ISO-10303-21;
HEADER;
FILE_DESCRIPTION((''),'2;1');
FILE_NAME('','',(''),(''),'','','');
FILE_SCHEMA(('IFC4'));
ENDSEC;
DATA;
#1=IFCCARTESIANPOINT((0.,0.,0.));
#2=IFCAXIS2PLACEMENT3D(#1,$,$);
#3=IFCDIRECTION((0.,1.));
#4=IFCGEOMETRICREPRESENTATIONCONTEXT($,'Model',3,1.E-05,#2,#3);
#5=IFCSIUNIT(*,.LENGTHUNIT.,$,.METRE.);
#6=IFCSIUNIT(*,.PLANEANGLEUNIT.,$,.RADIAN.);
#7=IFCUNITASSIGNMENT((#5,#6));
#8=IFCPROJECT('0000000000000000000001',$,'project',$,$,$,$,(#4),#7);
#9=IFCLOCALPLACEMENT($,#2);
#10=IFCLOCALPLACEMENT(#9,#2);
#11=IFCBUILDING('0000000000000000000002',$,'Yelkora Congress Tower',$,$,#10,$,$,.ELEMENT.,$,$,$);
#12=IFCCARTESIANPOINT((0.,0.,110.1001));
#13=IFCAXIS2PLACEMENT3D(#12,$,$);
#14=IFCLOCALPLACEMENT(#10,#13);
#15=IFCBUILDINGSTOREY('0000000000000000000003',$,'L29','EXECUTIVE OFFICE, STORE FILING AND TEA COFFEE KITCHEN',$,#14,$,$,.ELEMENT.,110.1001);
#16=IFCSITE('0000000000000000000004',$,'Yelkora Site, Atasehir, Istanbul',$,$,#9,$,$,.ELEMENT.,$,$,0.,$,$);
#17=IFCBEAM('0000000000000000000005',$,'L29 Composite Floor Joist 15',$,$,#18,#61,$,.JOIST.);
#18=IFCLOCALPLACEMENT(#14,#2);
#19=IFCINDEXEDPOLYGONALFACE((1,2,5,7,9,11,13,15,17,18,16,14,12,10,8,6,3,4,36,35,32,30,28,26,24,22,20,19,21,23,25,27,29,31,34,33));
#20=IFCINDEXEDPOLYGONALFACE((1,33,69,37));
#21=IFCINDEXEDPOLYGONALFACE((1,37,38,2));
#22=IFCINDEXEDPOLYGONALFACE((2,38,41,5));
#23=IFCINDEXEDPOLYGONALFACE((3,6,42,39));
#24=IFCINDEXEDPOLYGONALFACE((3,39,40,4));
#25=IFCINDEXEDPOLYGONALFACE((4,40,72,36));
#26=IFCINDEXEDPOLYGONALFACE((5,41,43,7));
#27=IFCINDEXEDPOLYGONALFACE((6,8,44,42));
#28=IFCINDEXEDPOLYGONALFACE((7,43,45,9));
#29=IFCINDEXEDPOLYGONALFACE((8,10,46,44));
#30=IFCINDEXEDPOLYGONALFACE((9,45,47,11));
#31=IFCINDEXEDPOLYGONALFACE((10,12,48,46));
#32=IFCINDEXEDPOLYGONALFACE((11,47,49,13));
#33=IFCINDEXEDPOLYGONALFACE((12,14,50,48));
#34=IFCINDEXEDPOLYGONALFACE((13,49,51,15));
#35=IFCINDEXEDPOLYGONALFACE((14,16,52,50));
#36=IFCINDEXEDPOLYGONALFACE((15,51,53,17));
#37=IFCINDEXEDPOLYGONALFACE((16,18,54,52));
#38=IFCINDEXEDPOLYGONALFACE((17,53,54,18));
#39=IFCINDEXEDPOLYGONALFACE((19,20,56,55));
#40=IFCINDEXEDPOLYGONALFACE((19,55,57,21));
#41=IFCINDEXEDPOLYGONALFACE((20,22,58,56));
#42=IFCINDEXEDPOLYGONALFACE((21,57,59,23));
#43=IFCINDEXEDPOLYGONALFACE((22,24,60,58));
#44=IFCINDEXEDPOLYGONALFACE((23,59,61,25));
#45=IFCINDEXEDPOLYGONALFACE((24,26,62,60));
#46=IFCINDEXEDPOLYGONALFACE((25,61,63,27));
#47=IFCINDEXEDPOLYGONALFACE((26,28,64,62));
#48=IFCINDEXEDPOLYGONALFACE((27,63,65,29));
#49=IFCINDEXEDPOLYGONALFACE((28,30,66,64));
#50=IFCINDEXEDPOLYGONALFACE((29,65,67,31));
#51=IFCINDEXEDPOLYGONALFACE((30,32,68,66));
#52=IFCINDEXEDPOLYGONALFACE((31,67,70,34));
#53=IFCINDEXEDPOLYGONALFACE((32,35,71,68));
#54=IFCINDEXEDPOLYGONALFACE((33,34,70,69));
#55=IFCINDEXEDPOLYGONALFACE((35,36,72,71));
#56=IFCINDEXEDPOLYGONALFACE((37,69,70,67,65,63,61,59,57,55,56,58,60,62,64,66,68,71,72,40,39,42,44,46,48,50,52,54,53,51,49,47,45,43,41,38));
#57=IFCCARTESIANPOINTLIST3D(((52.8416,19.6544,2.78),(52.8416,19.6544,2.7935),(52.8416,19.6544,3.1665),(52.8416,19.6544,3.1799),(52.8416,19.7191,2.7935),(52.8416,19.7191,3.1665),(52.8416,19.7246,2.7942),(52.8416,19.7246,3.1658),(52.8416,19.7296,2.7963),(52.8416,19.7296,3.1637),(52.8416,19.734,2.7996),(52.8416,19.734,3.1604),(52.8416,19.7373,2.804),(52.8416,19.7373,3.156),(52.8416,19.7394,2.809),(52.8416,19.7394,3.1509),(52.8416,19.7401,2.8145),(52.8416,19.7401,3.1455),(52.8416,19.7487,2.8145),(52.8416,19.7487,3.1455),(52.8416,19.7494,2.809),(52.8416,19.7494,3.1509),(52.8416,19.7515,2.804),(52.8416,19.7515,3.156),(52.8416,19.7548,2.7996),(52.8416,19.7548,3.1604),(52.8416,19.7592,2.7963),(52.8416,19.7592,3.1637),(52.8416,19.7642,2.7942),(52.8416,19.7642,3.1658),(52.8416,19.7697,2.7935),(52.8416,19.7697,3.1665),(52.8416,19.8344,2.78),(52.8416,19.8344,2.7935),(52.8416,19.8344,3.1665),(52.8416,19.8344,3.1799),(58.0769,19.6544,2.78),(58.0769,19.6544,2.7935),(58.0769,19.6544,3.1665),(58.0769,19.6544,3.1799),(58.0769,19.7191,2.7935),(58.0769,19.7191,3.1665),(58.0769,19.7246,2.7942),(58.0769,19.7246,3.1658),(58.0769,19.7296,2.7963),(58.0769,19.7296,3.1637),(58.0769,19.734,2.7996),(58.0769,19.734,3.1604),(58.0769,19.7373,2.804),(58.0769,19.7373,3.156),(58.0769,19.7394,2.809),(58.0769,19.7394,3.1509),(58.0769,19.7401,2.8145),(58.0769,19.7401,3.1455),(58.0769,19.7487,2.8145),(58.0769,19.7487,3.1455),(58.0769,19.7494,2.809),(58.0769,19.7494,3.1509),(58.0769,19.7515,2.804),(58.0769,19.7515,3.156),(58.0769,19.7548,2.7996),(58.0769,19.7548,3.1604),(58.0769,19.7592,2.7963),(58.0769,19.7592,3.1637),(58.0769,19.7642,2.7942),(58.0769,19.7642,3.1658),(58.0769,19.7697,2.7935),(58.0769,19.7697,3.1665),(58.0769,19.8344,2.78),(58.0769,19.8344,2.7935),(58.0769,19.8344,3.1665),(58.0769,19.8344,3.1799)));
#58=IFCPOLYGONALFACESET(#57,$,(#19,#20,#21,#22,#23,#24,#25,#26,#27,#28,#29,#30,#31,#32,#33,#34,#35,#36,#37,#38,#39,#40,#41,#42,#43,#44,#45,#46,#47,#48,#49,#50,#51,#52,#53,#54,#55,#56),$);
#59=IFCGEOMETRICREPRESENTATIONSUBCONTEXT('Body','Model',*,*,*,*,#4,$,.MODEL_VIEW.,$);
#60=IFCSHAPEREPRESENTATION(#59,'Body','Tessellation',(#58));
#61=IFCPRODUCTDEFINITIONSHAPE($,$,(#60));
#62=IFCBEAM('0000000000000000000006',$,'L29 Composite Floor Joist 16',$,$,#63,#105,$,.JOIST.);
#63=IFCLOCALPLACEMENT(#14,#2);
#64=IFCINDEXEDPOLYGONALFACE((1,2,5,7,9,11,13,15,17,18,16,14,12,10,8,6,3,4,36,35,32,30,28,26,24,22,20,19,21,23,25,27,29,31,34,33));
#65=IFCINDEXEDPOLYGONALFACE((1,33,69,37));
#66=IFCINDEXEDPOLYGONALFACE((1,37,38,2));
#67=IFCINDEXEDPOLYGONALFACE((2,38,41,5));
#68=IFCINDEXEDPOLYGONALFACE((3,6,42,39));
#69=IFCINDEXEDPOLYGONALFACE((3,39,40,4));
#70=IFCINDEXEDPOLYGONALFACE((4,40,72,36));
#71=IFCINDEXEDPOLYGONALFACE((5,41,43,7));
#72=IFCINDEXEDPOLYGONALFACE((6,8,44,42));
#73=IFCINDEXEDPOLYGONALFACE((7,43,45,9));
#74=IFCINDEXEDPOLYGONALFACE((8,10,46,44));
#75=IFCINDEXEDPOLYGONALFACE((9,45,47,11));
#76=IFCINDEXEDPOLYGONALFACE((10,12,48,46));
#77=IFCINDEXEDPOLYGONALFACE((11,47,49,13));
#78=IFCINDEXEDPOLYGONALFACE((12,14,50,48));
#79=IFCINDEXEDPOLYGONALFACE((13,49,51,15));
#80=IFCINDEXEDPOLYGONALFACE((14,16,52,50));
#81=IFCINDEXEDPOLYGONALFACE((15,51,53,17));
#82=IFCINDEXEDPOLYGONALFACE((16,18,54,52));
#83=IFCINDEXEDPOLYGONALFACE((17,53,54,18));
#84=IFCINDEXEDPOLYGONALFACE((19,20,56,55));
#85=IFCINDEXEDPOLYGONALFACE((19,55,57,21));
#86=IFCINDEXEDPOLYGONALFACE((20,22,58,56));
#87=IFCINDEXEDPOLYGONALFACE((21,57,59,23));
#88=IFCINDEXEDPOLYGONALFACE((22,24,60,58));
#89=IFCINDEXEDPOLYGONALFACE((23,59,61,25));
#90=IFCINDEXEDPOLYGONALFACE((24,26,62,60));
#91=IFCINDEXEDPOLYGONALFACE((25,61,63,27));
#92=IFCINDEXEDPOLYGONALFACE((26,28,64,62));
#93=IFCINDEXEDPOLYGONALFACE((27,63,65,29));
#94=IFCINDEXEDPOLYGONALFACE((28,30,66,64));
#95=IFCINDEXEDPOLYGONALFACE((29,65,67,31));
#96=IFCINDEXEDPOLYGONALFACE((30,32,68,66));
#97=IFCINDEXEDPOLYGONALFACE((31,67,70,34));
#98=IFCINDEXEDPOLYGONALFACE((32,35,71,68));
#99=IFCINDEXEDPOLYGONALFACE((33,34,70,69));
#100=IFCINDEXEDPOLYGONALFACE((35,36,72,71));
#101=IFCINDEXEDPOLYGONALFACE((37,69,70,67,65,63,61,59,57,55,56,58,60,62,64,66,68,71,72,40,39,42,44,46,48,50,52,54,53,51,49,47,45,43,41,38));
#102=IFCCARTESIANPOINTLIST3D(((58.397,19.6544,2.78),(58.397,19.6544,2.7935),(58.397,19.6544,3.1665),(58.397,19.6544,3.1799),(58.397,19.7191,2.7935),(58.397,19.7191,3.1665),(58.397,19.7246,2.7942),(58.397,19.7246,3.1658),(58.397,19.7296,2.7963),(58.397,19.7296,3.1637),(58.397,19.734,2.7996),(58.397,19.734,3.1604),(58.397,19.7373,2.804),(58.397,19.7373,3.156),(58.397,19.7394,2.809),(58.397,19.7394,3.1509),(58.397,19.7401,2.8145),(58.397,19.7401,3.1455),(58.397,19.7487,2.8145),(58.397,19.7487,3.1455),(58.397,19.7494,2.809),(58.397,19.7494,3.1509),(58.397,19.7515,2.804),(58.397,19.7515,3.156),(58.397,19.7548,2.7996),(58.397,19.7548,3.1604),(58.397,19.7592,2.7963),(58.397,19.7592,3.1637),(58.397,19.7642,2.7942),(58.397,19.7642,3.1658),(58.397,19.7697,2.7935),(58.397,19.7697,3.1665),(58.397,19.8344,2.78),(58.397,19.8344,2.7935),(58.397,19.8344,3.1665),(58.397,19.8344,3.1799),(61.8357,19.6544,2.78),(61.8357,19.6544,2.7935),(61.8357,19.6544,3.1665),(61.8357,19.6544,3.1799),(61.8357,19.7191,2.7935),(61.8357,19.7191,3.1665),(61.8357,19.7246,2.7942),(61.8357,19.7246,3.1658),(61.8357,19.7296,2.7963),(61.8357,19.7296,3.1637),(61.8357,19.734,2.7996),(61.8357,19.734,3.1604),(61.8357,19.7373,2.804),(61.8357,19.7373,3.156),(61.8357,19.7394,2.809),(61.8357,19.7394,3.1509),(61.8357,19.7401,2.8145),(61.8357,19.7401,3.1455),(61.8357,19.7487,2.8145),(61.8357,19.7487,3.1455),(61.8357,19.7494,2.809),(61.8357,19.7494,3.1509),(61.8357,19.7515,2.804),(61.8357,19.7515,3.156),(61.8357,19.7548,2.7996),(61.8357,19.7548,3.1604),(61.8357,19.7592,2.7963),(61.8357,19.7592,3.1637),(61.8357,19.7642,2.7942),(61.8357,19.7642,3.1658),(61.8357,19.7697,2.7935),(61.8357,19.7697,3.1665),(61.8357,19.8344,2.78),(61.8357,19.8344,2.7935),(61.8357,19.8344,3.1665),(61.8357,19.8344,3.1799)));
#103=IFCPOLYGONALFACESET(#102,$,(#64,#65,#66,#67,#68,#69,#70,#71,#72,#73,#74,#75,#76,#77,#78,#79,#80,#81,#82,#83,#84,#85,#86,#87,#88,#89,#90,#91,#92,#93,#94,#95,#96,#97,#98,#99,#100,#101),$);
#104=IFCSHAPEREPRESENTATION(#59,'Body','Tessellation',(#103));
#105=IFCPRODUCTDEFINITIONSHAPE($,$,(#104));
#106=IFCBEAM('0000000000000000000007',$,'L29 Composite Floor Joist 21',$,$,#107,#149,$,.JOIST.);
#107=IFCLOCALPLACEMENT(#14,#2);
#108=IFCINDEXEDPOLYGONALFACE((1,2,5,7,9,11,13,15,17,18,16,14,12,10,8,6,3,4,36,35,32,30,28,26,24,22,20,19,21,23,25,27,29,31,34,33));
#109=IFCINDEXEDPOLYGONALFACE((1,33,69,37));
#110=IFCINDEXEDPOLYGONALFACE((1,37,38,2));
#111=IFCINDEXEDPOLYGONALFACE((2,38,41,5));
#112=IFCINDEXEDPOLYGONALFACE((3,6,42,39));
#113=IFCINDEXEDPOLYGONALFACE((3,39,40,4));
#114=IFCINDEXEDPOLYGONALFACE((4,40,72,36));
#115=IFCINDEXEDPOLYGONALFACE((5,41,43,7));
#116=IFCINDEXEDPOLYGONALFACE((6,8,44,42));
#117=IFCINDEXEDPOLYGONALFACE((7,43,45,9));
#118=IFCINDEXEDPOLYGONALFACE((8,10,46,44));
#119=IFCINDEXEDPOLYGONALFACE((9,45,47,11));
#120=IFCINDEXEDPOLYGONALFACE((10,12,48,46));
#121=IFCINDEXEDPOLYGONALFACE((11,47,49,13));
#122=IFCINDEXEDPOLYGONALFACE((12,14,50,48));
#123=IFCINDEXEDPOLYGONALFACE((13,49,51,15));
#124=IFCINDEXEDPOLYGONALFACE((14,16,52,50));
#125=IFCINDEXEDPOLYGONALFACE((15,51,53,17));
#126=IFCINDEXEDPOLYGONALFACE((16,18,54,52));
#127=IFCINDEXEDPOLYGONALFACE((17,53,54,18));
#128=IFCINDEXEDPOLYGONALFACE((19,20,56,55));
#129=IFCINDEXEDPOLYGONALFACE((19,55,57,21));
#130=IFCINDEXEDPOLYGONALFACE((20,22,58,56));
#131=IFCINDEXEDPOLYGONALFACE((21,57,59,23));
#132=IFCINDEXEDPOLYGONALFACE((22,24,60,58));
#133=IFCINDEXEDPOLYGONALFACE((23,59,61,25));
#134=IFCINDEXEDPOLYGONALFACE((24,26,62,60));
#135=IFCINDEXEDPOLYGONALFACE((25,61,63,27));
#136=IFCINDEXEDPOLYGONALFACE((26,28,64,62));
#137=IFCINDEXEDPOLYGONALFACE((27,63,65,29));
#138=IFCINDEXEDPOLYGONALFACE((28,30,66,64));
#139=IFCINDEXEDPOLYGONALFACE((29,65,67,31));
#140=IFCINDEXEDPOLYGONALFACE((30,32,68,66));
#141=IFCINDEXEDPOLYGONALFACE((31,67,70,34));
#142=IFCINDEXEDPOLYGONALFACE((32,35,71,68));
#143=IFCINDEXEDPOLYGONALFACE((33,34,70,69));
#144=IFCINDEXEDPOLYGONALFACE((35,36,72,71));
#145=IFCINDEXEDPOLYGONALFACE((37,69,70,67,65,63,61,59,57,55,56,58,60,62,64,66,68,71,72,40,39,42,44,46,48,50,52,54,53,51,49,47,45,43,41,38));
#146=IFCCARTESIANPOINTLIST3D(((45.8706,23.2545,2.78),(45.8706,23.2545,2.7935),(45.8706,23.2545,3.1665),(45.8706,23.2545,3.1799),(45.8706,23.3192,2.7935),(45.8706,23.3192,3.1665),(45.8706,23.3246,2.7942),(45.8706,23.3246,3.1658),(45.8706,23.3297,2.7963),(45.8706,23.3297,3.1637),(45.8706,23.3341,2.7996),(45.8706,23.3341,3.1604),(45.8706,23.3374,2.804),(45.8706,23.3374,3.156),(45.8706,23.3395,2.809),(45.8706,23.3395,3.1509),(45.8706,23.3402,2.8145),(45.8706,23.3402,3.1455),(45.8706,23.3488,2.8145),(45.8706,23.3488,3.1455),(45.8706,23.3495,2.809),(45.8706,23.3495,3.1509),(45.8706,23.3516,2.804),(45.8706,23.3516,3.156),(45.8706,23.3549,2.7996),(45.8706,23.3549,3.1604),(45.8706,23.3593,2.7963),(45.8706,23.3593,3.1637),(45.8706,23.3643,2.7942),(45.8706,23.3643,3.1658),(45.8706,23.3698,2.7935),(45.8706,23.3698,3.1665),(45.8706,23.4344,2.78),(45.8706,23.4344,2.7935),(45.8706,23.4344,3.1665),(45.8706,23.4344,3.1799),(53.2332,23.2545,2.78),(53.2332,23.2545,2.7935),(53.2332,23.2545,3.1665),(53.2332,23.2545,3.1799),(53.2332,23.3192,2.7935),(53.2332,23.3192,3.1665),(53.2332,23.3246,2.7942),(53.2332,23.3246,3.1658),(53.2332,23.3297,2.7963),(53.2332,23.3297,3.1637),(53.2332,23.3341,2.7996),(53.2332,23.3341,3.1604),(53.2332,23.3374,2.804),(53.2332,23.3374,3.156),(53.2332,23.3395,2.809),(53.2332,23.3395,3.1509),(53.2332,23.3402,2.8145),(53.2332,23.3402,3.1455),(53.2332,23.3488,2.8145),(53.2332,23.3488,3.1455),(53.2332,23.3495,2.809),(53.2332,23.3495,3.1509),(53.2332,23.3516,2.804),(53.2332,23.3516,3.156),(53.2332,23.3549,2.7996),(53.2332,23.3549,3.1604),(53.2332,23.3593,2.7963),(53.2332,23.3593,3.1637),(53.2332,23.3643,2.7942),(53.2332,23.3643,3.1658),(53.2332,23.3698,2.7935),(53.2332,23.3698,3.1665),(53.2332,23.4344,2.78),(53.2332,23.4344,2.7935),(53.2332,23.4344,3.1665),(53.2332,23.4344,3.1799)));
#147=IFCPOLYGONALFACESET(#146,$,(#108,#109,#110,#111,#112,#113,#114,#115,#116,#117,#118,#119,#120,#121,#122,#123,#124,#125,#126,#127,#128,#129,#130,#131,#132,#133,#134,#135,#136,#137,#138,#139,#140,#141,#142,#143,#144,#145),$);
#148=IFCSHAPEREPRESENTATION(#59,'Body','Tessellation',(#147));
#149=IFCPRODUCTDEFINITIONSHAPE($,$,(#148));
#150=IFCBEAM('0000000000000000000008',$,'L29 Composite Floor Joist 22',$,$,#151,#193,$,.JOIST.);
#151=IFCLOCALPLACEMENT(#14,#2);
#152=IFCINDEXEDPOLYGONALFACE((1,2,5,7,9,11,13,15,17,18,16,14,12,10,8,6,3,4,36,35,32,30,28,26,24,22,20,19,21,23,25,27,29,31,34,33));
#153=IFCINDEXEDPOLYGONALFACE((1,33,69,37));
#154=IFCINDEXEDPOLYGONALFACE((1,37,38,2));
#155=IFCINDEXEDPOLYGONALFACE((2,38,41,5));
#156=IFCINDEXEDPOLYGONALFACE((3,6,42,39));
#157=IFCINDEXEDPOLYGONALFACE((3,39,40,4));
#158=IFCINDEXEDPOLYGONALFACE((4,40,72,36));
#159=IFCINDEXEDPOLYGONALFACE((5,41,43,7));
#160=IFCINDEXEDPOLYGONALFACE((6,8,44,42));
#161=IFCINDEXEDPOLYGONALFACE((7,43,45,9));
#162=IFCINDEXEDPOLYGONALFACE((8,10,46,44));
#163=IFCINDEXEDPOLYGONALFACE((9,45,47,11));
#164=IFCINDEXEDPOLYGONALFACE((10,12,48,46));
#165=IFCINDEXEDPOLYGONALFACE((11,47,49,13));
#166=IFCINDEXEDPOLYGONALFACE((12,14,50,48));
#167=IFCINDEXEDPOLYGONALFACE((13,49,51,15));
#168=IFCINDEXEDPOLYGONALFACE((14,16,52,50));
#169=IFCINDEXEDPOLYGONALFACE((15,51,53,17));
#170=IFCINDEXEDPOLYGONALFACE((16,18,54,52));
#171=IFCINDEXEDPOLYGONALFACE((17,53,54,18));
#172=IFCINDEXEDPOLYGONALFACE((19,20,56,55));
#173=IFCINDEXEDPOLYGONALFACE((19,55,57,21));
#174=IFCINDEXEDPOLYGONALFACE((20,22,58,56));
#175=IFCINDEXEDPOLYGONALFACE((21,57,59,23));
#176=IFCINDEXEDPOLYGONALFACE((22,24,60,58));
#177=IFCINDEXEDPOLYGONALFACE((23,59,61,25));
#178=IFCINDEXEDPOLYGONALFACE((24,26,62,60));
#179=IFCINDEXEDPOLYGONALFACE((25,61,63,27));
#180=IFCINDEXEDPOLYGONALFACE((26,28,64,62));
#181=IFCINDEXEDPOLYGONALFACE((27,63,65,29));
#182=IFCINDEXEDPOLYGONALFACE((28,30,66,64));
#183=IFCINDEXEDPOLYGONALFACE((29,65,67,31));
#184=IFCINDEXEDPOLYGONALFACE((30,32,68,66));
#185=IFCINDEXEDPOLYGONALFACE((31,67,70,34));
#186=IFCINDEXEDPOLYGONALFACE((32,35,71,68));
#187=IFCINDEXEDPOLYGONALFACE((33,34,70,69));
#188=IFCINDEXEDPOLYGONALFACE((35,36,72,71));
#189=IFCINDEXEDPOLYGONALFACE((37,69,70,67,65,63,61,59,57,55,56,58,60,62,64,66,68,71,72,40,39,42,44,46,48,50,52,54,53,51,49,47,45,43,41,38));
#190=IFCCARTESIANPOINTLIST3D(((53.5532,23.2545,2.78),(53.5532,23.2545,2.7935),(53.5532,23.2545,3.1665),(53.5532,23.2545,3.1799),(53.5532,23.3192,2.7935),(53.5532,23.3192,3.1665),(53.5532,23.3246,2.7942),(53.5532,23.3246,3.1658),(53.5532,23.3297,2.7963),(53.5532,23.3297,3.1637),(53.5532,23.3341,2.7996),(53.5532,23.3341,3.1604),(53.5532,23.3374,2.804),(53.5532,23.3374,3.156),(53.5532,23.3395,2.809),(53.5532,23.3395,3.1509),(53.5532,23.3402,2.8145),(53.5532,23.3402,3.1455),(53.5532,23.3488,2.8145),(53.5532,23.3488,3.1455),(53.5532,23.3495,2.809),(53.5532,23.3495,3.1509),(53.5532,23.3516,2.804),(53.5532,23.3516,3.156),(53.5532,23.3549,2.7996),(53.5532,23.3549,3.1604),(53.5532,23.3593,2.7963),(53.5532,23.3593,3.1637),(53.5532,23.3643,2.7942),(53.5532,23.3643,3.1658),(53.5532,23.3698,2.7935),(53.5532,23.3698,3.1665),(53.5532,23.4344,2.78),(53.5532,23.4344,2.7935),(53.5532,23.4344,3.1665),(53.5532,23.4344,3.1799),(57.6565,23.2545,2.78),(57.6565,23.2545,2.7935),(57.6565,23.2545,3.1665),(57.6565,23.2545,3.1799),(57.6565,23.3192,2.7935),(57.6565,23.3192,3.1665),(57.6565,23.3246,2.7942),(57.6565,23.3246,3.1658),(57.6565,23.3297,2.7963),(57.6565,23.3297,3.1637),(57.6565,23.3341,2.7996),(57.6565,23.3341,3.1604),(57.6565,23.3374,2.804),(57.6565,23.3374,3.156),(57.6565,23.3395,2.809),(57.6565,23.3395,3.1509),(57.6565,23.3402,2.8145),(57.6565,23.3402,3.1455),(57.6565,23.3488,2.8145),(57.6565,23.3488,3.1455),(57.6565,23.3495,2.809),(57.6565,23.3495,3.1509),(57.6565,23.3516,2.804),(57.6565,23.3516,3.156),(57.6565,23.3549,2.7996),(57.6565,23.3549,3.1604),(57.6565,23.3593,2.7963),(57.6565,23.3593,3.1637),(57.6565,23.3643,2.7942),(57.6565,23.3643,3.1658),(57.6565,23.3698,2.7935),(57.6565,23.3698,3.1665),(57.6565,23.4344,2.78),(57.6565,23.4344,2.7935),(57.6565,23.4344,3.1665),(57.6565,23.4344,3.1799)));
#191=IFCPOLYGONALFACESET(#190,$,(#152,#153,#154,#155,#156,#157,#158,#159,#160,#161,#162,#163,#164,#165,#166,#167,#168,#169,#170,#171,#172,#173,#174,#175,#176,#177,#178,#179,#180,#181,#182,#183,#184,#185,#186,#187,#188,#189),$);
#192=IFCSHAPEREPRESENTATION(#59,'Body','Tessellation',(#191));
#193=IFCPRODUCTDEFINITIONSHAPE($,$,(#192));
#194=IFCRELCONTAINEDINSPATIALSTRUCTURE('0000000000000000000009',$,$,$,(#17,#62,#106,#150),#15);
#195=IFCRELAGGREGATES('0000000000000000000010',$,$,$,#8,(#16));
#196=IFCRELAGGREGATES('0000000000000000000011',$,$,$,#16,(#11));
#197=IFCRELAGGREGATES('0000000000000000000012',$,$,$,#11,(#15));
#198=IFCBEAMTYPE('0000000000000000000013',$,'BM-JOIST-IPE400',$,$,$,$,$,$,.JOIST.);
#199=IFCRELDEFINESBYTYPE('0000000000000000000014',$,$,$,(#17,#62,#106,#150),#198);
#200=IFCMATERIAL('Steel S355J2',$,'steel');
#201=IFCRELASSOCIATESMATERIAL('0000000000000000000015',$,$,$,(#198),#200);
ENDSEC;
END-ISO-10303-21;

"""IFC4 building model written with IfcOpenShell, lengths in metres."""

from ifc_helpers import new_model, si_unit, direction, frame, origin, origin_2d, place, context, subcontext, project, spatial, i_section, extrude, material, material_profile, profile_set, type_object, element, save


model = new_model("IFC4")

# Units and contexts
model_context = context("Model", 3, precision=1e-05, world=origin(), true_north=direction((0.0, 1.0)))
body_context = subcontext(model_context, "Body", "Model", "MODEL_VIEW")
ifc_project = project(units=[si_unit("LENGTHUNIT", "METRE"), si_unit("PLANEANGLEUNIT", "RADIAN")], contexts=[model_context])

# Site, building, storey
site_placement = place(None, origin())
site = spatial("IfcSite", under=ifc_project, at=site_placement, Name="Yelkora Site, Atasehir, Istanbul", CompositionType="ELEMENT", RefElevation=0.0)
building_placement = place(site_placement, origin())
building = spatial("IfcBuilding", under=site, at=building_placement, Name="Yelkora Congress Tower", CompositionType="ELEMENT")
storey_placement = place(building_placement, frame((0.0, 0.0, 110.1001)))
storey = spatial("IfcBuildingStorey", under=building, at=storey_placement, Name="L29", Description="EXECUTIVE OFFICE, STORE FILING AND TEA COFFEE KITCHEN", CompositionType="ELEMENT", Elevation=110.1001)

# Beams
ifc_material_1 = material(Name="Steel S355J2", Category="steel")
ifc_material_profile_1 = material_profile(ifc_material_1, i_section(OverallWidth=0.1799, OverallDepth=0.3999, WebThickness=0.0085, FlangeThickness=0.0134, FilletRadius=0.021, at=origin_2d()), Name="IPE 400")
ifc_profile_set_1 = profile_set([ifc_material_profile_1], Name="Steel S355J2")
beam_type_1 = type_object("IfcBeamType", Name="BM-JOIST-IPE400", PredefinedType="JOIST", material=ifc_profile_set_1)
beam_1_placement = place(storey_placement, frame((52.8416, 19.7444, 2.98), z_axis=(1.0, 0.0, 0.0), x_axis=(0.0, 1.0, 0.0)))
element("IfcBeam", 1, at=beam_1_placement, inside=storey, type_object=beam_type_1, Name="L29 Composite Floor Joist 15", PredefinedType="JOIST", context=body_context, shape_type="SweptSolid", body=[
    extrude(i_section(OverallWidth=0.1799, OverallDepth=0.3999, WebThickness=0.0085, FlangeThickness=0.0134, FilletRadius=0.021, at=origin_2d()), origin(), (0.0, 0.0, 1.0), 5.2354),
])
beam_2_placement = place(storey_placement, frame((58.397, 19.7444, 2.98), z_axis=(1.0, 0.0, 0.0), x_axis=(0.0, 1.0, 0.0)))
element("IfcBeam", 2, at=beam_2_placement, inside=storey, type_object=beam_type_1, Name="L29 Composite Floor Joist 16", PredefinedType="JOIST", context=body_context, shape_type="SweptSolid", body=[
    extrude(i_section(OverallWidth=0.1799, OverallDepth=0.3999, WebThickness=0.0085, FlangeThickness=0.0134, FilletRadius=0.021, at=origin_2d()), origin(), (0.0, 0.0, 1.0), 3.4387),
])
beam_3_placement = place(storey_placement, frame((45.8706, 23.3445, 2.98), z_axis=(1.0, 0.0, 0.0), x_axis=(0.0, 1.0, 0.0)))
element("IfcBeam", 3, at=beam_3_placement, inside=storey, type_object=beam_type_1, Name="L29 Composite Floor Joist 21", PredefinedType="JOIST", context=body_context, shape_type="SweptSolid", body=[
    extrude(i_section(OverallWidth=0.1799, OverallDepth=0.3999, WebThickness=0.0085, FlangeThickness=0.0134, FilletRadius=0.021, at=origin_2d()), origin(), (0.0, 0.0, 1.0), 7.3625),
])
beam_4_placement = place(storey_placement, frame((53.5532, 23.3445, 2.98), z_axis=(1.0, 0.0, 0.0), x_axis=(0.0, 1.0, 0.0)))
element("IfcBeam", 4, at=beam_4_placement, inside=storey, type_object=beam_type_1, Name="L29 Composite Floor Joist 22", PredefinedType="JOIST", context=body_context, shape_type="SweptSolid", body=[
    extrude(i_section(OverallWidth=0.1799, OverallDepth=0.3999, WebThickness=0.0085, FlangeThickness=0.0134, FilletRadius=0.021, at=origin_2d()), origin(), (0.0, 0.0, 1.0), 4.1033),
])

save(model, "model.ifc")
